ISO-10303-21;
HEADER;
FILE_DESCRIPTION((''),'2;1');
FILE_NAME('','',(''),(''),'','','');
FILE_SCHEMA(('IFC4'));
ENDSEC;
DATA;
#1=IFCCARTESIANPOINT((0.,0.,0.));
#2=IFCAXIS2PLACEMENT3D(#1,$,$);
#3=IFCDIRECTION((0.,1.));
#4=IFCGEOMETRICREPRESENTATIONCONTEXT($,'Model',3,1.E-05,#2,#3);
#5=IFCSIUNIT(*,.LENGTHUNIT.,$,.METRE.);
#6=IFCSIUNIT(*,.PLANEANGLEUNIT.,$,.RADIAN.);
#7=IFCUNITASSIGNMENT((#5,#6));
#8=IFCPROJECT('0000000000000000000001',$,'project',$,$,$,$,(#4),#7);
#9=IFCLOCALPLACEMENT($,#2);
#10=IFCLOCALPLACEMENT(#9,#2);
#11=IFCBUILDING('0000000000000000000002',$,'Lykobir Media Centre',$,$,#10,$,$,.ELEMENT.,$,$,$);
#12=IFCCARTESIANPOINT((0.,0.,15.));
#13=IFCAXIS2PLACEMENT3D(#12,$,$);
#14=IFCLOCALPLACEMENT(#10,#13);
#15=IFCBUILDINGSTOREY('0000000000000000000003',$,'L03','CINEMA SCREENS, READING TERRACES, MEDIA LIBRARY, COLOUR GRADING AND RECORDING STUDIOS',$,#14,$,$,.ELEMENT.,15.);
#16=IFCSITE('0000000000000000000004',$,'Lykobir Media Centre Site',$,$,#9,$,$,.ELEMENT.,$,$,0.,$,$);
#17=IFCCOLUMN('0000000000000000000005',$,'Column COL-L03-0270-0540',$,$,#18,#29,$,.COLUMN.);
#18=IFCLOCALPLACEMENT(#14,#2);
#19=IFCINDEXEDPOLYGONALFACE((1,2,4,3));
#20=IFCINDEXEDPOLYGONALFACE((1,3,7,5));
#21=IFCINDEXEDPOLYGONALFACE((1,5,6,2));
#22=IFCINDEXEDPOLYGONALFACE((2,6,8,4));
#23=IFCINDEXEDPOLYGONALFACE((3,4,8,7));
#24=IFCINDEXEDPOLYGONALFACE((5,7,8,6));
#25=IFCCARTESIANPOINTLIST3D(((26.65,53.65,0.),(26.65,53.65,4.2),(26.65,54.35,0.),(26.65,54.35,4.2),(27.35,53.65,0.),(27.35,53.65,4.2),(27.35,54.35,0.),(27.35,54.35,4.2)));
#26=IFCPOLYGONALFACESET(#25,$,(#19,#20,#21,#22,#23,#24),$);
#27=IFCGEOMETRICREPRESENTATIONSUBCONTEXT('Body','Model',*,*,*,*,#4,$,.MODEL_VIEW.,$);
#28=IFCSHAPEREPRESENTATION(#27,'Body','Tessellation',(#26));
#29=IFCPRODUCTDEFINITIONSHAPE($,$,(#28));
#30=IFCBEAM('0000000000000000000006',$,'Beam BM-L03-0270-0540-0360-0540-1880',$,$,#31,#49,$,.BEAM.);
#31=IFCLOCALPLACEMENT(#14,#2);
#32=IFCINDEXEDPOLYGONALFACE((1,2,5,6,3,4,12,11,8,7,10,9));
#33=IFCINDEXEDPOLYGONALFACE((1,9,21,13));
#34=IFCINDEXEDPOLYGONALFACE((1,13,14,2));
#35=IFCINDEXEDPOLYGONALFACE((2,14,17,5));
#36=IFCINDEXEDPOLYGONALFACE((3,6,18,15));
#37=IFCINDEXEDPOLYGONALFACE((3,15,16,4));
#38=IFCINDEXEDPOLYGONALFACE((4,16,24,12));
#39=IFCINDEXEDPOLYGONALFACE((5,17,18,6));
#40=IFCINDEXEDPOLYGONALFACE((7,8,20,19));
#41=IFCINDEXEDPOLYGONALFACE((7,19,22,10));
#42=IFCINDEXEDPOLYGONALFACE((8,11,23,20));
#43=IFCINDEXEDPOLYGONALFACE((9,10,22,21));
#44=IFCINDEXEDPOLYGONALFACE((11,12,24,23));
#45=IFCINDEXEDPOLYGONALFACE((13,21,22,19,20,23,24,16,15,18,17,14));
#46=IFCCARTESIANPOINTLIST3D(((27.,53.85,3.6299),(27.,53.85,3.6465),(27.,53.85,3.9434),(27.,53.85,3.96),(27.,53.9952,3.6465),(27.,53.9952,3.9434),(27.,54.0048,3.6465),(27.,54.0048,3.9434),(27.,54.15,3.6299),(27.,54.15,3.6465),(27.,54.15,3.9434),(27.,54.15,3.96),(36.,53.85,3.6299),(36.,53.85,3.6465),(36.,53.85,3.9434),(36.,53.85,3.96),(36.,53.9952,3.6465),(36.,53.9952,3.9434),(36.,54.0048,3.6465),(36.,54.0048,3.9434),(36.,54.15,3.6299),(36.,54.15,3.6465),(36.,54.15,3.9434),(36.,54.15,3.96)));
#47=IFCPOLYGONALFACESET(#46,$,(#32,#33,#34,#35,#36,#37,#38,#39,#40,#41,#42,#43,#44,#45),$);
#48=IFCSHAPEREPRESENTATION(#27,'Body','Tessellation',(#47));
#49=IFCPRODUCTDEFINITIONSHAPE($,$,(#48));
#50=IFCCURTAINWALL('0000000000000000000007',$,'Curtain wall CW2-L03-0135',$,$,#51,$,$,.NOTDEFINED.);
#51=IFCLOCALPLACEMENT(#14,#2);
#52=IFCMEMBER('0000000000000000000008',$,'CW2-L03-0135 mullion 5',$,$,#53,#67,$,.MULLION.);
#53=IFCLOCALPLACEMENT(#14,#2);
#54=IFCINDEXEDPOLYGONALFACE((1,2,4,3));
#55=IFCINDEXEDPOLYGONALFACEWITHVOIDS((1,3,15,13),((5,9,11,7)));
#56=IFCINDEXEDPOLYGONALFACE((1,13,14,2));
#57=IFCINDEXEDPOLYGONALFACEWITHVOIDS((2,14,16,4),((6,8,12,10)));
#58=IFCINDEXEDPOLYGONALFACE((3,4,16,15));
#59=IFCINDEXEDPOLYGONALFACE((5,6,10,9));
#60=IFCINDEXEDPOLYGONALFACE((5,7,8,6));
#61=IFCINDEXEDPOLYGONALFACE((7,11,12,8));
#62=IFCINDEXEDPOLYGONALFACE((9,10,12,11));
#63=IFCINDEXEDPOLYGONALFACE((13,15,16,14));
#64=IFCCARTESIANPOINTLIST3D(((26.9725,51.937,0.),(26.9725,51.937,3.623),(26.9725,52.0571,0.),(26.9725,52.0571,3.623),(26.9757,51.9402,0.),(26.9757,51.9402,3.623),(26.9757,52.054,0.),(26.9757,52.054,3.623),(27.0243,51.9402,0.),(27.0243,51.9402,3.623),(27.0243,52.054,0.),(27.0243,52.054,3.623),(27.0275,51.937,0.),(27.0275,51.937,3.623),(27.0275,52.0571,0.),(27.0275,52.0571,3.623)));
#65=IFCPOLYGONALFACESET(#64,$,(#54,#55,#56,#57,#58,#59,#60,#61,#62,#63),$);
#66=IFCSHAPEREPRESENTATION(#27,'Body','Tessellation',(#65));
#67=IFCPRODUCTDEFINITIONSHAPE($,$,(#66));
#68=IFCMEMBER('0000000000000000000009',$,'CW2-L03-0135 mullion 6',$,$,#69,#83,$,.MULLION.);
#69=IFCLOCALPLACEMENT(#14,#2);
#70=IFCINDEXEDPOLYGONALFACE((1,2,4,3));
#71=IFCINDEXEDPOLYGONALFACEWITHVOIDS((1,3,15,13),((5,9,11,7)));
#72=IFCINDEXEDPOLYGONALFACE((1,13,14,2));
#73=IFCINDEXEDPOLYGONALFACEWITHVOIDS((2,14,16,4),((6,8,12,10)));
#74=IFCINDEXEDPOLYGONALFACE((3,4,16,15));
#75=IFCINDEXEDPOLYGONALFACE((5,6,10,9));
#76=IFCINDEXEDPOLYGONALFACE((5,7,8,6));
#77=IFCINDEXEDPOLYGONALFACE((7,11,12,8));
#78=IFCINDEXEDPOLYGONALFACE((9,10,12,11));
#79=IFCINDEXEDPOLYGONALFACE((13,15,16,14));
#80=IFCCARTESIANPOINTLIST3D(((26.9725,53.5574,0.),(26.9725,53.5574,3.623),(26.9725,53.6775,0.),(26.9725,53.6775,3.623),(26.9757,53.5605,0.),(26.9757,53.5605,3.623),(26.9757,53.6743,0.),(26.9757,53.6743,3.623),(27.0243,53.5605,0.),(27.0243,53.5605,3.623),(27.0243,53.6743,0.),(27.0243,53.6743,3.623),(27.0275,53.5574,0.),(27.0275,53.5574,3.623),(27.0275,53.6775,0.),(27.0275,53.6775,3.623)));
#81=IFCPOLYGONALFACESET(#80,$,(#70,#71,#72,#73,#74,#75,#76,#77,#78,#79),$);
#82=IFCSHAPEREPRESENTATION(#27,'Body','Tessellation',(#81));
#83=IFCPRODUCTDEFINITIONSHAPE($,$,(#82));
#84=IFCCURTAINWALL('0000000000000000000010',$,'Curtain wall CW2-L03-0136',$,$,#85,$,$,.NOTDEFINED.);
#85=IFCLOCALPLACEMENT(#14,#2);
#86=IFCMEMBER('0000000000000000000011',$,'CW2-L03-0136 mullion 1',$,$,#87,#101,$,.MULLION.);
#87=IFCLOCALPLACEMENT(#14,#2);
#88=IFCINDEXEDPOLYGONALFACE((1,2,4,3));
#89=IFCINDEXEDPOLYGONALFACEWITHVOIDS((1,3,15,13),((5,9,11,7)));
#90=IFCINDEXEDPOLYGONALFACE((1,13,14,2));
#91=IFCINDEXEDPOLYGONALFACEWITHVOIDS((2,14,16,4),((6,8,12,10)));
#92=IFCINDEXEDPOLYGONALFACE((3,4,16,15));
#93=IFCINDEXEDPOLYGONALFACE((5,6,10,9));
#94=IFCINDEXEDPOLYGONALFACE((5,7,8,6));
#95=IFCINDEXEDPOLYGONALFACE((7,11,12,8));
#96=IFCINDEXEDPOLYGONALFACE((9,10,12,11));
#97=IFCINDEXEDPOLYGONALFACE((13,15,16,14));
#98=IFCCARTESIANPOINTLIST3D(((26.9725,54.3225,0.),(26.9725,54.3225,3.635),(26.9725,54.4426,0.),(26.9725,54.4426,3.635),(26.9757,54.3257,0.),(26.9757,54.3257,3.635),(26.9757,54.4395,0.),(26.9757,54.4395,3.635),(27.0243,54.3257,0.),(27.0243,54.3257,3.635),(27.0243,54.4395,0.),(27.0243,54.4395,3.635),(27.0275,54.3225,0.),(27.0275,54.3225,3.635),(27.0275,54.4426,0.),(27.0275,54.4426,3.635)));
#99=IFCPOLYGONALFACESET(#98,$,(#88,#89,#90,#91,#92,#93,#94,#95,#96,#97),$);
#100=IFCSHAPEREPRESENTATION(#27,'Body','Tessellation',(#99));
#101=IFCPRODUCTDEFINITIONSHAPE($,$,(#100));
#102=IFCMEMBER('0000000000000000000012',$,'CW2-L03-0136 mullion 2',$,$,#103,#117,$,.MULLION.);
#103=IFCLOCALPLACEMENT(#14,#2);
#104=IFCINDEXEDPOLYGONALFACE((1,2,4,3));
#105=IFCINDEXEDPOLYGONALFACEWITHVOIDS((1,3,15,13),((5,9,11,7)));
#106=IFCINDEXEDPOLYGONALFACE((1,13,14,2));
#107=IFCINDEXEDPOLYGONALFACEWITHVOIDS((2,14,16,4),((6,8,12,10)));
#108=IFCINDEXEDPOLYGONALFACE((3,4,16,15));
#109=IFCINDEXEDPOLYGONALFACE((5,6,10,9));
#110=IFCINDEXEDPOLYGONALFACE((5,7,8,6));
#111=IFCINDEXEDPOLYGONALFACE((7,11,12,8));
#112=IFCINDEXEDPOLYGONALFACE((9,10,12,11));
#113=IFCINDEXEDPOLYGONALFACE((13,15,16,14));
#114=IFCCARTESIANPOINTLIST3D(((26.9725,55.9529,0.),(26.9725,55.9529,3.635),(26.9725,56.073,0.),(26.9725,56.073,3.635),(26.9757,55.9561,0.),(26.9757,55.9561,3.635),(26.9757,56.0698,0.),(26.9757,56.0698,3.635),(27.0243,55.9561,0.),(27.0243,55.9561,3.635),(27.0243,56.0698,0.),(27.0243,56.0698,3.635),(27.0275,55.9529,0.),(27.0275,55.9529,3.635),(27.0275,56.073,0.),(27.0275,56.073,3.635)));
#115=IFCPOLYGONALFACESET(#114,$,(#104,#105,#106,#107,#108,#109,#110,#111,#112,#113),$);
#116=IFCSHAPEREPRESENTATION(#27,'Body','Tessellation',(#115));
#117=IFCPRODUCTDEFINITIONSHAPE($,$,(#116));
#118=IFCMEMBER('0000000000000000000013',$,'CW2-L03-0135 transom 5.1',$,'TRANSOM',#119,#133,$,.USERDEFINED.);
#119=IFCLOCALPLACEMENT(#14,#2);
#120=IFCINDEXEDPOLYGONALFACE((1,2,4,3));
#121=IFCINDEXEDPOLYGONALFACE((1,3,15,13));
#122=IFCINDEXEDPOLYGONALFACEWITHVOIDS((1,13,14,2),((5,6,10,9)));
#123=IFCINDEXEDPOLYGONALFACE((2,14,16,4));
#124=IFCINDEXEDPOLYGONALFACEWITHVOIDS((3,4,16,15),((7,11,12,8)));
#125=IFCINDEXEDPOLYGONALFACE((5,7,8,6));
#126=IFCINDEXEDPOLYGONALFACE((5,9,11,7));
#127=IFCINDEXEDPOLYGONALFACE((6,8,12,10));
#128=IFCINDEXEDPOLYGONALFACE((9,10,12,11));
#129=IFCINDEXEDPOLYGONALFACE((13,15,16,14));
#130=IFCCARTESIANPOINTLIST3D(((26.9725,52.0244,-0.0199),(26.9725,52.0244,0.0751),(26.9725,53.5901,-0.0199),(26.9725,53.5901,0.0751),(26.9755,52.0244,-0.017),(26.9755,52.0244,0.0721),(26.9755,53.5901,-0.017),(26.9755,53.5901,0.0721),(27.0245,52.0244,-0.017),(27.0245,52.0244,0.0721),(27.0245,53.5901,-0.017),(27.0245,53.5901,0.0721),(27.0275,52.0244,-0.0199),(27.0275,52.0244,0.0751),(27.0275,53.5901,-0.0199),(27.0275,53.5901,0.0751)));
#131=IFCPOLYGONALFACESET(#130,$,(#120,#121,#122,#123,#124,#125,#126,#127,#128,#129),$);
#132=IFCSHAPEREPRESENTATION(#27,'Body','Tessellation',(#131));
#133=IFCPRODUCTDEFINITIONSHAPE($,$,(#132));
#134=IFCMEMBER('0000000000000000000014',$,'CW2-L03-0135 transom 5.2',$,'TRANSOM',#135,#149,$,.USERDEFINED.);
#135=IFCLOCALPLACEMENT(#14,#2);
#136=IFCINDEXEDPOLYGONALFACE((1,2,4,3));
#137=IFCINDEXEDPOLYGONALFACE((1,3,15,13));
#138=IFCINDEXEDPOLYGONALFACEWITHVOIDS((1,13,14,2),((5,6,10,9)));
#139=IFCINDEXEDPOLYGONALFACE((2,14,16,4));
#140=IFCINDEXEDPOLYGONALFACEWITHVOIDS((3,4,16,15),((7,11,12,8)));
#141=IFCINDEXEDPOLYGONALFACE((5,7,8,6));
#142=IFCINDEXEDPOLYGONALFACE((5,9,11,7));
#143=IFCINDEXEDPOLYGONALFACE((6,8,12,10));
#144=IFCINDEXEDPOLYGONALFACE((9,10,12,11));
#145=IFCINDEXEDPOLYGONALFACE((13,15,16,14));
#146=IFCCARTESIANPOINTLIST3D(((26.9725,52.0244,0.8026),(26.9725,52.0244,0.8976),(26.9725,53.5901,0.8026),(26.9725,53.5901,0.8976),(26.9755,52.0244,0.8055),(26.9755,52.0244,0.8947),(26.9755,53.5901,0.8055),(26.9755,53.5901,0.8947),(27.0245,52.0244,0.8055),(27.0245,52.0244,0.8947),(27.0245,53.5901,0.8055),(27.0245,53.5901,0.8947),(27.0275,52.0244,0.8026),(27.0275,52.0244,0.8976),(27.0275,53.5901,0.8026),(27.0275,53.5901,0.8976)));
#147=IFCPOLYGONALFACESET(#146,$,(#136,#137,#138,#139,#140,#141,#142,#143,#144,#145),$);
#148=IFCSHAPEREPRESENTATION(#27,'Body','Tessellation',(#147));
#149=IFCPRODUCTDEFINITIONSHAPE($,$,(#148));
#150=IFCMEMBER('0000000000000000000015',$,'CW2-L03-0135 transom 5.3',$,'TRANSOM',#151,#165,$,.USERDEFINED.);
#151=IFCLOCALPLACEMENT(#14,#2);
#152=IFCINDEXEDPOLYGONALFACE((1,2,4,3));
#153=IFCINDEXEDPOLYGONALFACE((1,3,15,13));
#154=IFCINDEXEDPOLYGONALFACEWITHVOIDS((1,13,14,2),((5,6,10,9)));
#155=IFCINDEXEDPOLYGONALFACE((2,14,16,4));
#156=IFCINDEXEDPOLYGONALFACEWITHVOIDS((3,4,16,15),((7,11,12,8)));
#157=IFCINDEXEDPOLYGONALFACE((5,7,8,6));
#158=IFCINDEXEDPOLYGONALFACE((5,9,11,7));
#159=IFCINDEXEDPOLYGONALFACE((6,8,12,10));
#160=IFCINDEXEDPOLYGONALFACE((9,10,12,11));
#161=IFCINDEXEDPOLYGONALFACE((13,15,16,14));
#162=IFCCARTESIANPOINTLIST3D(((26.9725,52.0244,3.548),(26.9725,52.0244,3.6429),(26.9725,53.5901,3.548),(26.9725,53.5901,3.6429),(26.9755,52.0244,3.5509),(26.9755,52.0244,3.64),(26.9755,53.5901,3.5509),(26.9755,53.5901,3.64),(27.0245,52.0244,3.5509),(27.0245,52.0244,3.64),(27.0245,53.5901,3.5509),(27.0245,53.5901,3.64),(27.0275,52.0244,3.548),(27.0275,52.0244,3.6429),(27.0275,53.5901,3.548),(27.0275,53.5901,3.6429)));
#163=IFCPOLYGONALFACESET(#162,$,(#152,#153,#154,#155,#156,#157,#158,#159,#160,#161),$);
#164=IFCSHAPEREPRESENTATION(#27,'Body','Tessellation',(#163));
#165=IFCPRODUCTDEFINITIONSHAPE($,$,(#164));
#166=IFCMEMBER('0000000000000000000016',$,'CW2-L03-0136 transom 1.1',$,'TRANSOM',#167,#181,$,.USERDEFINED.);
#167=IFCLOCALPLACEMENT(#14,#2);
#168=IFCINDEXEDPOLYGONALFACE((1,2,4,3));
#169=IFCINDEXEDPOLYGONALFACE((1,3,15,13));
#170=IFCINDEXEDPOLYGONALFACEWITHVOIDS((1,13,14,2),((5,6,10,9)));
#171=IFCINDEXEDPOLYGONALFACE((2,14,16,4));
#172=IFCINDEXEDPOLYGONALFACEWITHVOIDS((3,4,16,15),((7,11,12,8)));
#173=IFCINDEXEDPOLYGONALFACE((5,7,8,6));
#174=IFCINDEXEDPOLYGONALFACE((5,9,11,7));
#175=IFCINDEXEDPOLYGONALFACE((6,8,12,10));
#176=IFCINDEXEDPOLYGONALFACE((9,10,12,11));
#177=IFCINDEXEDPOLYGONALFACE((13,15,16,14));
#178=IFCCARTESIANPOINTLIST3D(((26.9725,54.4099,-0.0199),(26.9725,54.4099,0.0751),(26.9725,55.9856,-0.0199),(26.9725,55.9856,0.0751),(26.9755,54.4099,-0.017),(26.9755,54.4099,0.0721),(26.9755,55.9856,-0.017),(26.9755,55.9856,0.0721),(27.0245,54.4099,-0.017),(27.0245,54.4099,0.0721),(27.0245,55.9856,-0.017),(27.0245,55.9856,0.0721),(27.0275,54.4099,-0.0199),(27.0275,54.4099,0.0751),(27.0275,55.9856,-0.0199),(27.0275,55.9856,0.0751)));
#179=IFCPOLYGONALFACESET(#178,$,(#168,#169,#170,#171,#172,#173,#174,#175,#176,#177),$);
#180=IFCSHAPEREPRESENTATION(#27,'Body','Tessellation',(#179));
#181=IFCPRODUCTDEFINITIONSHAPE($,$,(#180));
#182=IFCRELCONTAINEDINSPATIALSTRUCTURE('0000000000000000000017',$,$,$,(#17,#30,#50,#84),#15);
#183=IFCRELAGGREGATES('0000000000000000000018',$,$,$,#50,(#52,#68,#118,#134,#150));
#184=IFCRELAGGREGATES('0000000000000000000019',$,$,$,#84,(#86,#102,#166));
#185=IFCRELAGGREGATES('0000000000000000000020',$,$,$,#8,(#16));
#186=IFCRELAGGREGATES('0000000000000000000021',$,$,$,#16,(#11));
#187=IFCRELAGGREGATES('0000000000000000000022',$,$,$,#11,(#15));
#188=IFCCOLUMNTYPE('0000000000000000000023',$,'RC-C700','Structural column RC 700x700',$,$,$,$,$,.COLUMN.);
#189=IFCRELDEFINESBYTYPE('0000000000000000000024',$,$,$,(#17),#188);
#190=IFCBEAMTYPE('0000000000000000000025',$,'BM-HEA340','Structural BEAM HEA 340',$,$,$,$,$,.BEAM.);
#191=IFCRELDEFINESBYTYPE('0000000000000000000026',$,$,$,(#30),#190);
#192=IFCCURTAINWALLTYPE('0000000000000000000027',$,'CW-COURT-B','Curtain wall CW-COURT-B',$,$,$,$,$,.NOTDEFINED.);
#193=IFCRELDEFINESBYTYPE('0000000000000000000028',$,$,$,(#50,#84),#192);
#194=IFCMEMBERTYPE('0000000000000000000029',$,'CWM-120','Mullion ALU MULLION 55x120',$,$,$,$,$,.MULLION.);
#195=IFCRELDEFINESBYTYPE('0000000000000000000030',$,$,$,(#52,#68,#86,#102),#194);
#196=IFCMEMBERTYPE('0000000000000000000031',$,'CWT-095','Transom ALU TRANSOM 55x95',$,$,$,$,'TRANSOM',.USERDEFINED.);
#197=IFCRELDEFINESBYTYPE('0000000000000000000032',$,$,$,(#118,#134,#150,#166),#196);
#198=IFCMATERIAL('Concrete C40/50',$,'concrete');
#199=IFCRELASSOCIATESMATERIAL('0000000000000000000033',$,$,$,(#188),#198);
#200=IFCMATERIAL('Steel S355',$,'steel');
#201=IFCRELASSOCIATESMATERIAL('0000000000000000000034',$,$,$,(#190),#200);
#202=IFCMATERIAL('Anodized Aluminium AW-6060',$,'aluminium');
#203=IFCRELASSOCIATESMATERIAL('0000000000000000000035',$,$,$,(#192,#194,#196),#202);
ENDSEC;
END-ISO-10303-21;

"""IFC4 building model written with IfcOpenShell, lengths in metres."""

from ifc_helpers import new_model, si_unit, direction, frame, origin, origin_2d, place, context, subcontext, project, spatial, rectangle, hollow_rectangle, i_section, extrude, material, material_profile, profile_set, type_object, element, aggregate, save


model = new_model("IFC4")

# Units and contexts
model_context = context("Model", 3, precision=1e-05, world=origin(), true_north=direction((0.0, 1.0)))
body_context = subcontext(model_context, "Body", "Model", "MODEL_VIEW")
ifc_project = project(units=[si_unit("LENGTHUNIT", "METRE"), si_unit("PLANEANGLEUNIT", "RADIAN")], contexts=[model_context])

# Site, building, storey
site_placement = place(None, origin())
site = spatial("IfcSite", under=ifc_project, at=site_placement, Name="Lykobir Media Centre Site", CompositionType="ELEMENT", RefElevation=0.0)
building_placement = place(site_placement, origin())
building = spatial("IfcBuilding", under=site, at=building_placement, Name="Lykobir Media Centre", CompositionType="ELEMENT")
storey_placement = place(building_placement, frame((0.0, 0.0, 15.0)))
storey = spatial("IfcBuildingStorey", under=building, at=storey_placement, Name="L03", Description="CINEMA SCREENS, READING TERRACES, MEDIA LIBRARY, COLOUR GRADING AND RECORDING STUDIOS", CompositionType="ELEMENT", Elevation=15.0)

# Column
ifc_material_1 = material(Name="Concrete C40/50", Category="concrete")
ifc_material_profile_1 = material_profile(ifc_material_1, rectangle(XDim=0.7, YDim=0.7, at=origin_2d()), Name="RC 700x700")
ifc_profile_set_1 = profile_set([ifc_material_profile_1], Name="Concrete C40/50")
column_type = type_object("IfcColumnType", Name="RC-C700", Description="Structural column RC 700x700", PredefinedType="COLUMN", material=ifc_profile_set_1)
column_placement = place(storey_placement, frame((27.0, 54.0, 0.0), z_axis=(0.0, 0.0, 1.0), x_axis=(1.0, 0.0, 0.0)))
element("IfcColumn", 1, at=column_placement, inside=storey, type_object=column_type, Name="Column COL-L03-0270-0540", PredefinedType="COLUMN", context=body_context, shape_type="SweptSolid", body=[
    extrude(rectangle(XDim=0.7, YDim=0.7, at=origin_2d()), origin(), (0.0, 0.0, 1.0), 4.2),
])

# Beam
ifc_material_2 = material(Name="Steel S355", Category="steel")
ifc_material_profile_2 = material_profile(ifc_material_2, i_section(OverallWidth=0.3, OverallDepth=0.3301, WebThickness=0.0095, FlangeThickness=0.0166, at=origin_2d()), Name="HEA 340")
ifc_profile_set_2 = profile_set([ifc_material_profile_2], Name="Steel S355")
beam_type_1 = type_object("IfcBeamType", Name="BM-HEA340", Description="Structural BEAM HEA 340", PredefinedType="BEAM", material=ifc_profile_set_2)
beam_1_placement = place(storey_placement, frame((27.0, 54.0, 3.7949), z_axis=(1.0, 0.0, 0.0), x_axis=(0.0, 1.0, 0.0)))
element("IfcBeam", 2, at=beam_1_placement, inside=storey, type_object=beam_type_1, Name="Beam BM-L03-0270-0540-0360-0540-1880", PredefinedType="BEAM", context=body_context, shape_type="SweptSolid", body=[
    extrude(i_section(OverallWidth=0.3, OverallDepth=0.3301, WebThickness=0.0095, FlangeThickness=0.0166, at=origin_2d()), origin(), (0.0, 0.0, 1.0), 9.0),
])

# Curtain walls, members
ifc_material_3 = material(Name="Anodized Aluminium AW-6060", Category="aluminium")
curtain_wall_type = type_object("IfcCurtainWallType", Name="CW-COURT-B", Description="Curtain wall CW-COURT-B", PredefinedType="NOTDEFINED", material=ifc_material_3)
curtain_wall_1_placement = place(storey_placement, origin())
curtain_wall_1 = element("IfcCurtainWall", 3, at=curtain_wall_1_placement, inside=storey, type_object=curtain_wall_type, Name="Curtain wall CW2-L03-0135", PredefinedType="NOTDEFINED")
ifc_material_profile_3 = material_profile(ifc_material_3, hollow_rectangle(XDim=0.0549, YDim=0.1201, WallThickness=0.0032, at=origin_2d()), Name="ALU MULLION 55x120")
ifc_profile_set_3 = profile_set([ifc_material_profile_3], Name="Anodized Aluminium AW-6060")
member_type_1 = type_object("IfcMemberType", Name="CWM-120", Description="Mullion ALU MULLION 55x120", PredefinedType="MULLION", material=ifc_profile_set_3)
member_1_placement = place(storey_placement, frame((27.0, 51.9971, 0.0), z_axis=(0.0, 0.0, 1.0), x_axis=(-1.0, 0.0, 0.0)))
member_1 = element("IfcMember", 4, at=member_1_placement, type_object=member_type_1, Name="CW2-L03-0135 mullion 5", PredefinedType="MULLION", context=body_context, shape_type="SweptSolid", body=[
    extrude(hollow_rectangle(XDim=0.0549, YDim=0.1201, WallThickness=0.0032, at=origin_2d()), origin(), (0.0, 0.0, 1.0), 3.623),
])
member_2_placement = place(storey_placement, frame((27.0, 53.6174, 0.0), z_axis=(0.0, 0.0, 1.0), x_axis=(-1.0, 0.0, 0.0)))
member_2 = element("IfcMember", 5, at=member_2_placement, type_object=member_type_1, Name="CW2-L03-0135 mullion 6", PredefinedType="MULLION", context=body_context, shape_type="SweptSolid", body=[
    extrude(hollow_rectangle(XDim=0.0549, YDim=0.1201, WallThickness=0.0032, at=origin_2d()), origin(), (0.0, 0.0, 1.0), 3.623),
])
curtain_wall_2_placement = place(storey_placement, origin())
curtain_wall_2 = element("IfcCurtainWall", 6, at=curtain_wall_2_placement, inside=storey, type_object=curtain_wall_type, Name="Curtain wall CW2-L03-0136", PredefinedType="NOTDEFINED")
member_3_placement = place(storey_placement, frame((27.0, 54.3826, 0.0), z_axis=(0.0, 0.0, 1.0), x_axis=(-1.0, 0.0, 0.0)))
member_3 = element("IfcMember", 7, at=member_3_placement, type_object=member_type_1, Name="CW2-L03-0136 mullion 1", PredefinedType="MULLION", context=body_context, shape_type="SweptSolid", body=[
    extrude(hollow_rectangle(XDim=0.0549, YDim=0.1201, WallThickness=0.0032, at=origin_2d()), origin(), (0.0, 0.0, 1.0), 3.635),
])
member_4_placement = place(storey_placement, frame((27.0, 56.0129, 0.0), z_axis=(0.0, 0.0, 1.0), x_axis=(-1.0, 0.0, 0.0)))
member_4 = element("IfcMember", 8, at=member_4_placement, type_object=member_type_1, Name="CW2-L03-0136 mullion 2", PredefinedType="MULLION", context=body_context, shape_type="SweptSolid", body=[
    extrude(hollow_rectangle(XDim=0.0549, YDim=0.1201, WallThickness=0.0032, at=origin_2d()), origin(), (0.0, 0.0, 1.0), 3.635),
])

# Members
ifc_material_profile_4 = material_profile(ifc_material_3, hollow_rectangle(XDim=0.0549, YDim=0.095, WallThickness=0.0029, at=origin_2d()), Name="ALU TRANSOM 55x95")
ifc_profile_set_4 = profile_set([ifc_material_profile_4], Name="Anodized Aluminium AW-6060")
member_type_2 = type_object("IfcMemberType", Name="CWT-095", Description="Transom ALU TRANSOM 55x95", ElementType="TRANSOM", PredefinedType="USERDEFINED", material=ifc_profile_set_4)
member_5_placement = place(storey_placement, frame((27.0, 52.0244, 0.0276), z_axis=(0.0, 1.0, 0.0), x_axis=(-1.0, 0.0, 0.0)))
member_5 = element("IfcMember", 9, at=member_5_placement, type_object=member_type_2, Name="CW2-L03-0135 transom 5.1", ObjectType="TRANSOM", PredefinedType="USERDEFINED", context=body_context, shape_type="SweptSolid", body=[
    extrude(hollow_rectangle(XDim=0.0549, YDim=0.095, WallThickness=0.0029, at=origin_2d()), origin(), (0.0, 0.0, 1.0), 1.5657),
])
member_6_placement = place(storey_placement, frame((27.0, 52.0244, 0.8501), z_axis=(0.0, 1.0, 0.0), x_axis=(-1.0, 0.0, 0.0)))
member_6 = element("IfcMember", 10, at=member_6_placement, type_object=member_type_2, Name="CW2-L03-0135 transom 5.2", ObjectType="TRANSOM", PredefinedType="USERDEFINED", context=body_context, shape_type="SweptSolid", body=[
    extrude(hollow_rectangle(XDim=0.0549, YDim=0.095, WallThickness=0.0029, at=origin_2d()), origin(), (0.0, 0.0, 1.0), 1.5657),
])
member_7_placement = place(storey_placement, frame((27.0, 52.0244, 3.5955), z_axis=(0.0, 1.0, 0.0), x_axis=(-1.0, 0.0, 0.0)))
member_7 = element("IfcMember", 11, at=member_7_placement, type_object=member_type_2, Name="CW2-L03-0135 transom 5.3", ObjectType="TRANSOM", PredefinedType="USERDEFINED", context=body_context, shape_type="SweptSolid", body=[
    extrude(hollow_rectangle(XDim=0.0549, YDim=0.095, WallThickness=0.0029, at=origin_2d()), origin(), (0.0, 0.0, 1.0), 1.5657),
])
member_8_placement = place(storey_placement, frame((27.0, 54.4099, 0.0276), z_axis=(0.0, 1.0, 0.0), x_axis=(-1.0, 0.0, 0.0)))
member_8 = element("IfcMember", 12, at=member_8_placement, type_object=member_type_2, Name="CW2-L03-0136 transom 1.1", ObjectType="TRANSOM", PredefinedType="USERDEFINED", context=body_context, shape_type="SweptSolid", body=[
    extrude(hollow_rectangle(XDim=0.0549, YDim=0.095, WallThickness=0.0029, at=origin_2d()), origin(), (0.0, 0.0, 1.0), 1.5757),
])

aggregate(curtain_wall_1, [member_1, member_2, member_5, member_6, member_7])
aggregate(curtain_wall_2, [member_3, member_4, member_8])

save(model, "model.ifc")
